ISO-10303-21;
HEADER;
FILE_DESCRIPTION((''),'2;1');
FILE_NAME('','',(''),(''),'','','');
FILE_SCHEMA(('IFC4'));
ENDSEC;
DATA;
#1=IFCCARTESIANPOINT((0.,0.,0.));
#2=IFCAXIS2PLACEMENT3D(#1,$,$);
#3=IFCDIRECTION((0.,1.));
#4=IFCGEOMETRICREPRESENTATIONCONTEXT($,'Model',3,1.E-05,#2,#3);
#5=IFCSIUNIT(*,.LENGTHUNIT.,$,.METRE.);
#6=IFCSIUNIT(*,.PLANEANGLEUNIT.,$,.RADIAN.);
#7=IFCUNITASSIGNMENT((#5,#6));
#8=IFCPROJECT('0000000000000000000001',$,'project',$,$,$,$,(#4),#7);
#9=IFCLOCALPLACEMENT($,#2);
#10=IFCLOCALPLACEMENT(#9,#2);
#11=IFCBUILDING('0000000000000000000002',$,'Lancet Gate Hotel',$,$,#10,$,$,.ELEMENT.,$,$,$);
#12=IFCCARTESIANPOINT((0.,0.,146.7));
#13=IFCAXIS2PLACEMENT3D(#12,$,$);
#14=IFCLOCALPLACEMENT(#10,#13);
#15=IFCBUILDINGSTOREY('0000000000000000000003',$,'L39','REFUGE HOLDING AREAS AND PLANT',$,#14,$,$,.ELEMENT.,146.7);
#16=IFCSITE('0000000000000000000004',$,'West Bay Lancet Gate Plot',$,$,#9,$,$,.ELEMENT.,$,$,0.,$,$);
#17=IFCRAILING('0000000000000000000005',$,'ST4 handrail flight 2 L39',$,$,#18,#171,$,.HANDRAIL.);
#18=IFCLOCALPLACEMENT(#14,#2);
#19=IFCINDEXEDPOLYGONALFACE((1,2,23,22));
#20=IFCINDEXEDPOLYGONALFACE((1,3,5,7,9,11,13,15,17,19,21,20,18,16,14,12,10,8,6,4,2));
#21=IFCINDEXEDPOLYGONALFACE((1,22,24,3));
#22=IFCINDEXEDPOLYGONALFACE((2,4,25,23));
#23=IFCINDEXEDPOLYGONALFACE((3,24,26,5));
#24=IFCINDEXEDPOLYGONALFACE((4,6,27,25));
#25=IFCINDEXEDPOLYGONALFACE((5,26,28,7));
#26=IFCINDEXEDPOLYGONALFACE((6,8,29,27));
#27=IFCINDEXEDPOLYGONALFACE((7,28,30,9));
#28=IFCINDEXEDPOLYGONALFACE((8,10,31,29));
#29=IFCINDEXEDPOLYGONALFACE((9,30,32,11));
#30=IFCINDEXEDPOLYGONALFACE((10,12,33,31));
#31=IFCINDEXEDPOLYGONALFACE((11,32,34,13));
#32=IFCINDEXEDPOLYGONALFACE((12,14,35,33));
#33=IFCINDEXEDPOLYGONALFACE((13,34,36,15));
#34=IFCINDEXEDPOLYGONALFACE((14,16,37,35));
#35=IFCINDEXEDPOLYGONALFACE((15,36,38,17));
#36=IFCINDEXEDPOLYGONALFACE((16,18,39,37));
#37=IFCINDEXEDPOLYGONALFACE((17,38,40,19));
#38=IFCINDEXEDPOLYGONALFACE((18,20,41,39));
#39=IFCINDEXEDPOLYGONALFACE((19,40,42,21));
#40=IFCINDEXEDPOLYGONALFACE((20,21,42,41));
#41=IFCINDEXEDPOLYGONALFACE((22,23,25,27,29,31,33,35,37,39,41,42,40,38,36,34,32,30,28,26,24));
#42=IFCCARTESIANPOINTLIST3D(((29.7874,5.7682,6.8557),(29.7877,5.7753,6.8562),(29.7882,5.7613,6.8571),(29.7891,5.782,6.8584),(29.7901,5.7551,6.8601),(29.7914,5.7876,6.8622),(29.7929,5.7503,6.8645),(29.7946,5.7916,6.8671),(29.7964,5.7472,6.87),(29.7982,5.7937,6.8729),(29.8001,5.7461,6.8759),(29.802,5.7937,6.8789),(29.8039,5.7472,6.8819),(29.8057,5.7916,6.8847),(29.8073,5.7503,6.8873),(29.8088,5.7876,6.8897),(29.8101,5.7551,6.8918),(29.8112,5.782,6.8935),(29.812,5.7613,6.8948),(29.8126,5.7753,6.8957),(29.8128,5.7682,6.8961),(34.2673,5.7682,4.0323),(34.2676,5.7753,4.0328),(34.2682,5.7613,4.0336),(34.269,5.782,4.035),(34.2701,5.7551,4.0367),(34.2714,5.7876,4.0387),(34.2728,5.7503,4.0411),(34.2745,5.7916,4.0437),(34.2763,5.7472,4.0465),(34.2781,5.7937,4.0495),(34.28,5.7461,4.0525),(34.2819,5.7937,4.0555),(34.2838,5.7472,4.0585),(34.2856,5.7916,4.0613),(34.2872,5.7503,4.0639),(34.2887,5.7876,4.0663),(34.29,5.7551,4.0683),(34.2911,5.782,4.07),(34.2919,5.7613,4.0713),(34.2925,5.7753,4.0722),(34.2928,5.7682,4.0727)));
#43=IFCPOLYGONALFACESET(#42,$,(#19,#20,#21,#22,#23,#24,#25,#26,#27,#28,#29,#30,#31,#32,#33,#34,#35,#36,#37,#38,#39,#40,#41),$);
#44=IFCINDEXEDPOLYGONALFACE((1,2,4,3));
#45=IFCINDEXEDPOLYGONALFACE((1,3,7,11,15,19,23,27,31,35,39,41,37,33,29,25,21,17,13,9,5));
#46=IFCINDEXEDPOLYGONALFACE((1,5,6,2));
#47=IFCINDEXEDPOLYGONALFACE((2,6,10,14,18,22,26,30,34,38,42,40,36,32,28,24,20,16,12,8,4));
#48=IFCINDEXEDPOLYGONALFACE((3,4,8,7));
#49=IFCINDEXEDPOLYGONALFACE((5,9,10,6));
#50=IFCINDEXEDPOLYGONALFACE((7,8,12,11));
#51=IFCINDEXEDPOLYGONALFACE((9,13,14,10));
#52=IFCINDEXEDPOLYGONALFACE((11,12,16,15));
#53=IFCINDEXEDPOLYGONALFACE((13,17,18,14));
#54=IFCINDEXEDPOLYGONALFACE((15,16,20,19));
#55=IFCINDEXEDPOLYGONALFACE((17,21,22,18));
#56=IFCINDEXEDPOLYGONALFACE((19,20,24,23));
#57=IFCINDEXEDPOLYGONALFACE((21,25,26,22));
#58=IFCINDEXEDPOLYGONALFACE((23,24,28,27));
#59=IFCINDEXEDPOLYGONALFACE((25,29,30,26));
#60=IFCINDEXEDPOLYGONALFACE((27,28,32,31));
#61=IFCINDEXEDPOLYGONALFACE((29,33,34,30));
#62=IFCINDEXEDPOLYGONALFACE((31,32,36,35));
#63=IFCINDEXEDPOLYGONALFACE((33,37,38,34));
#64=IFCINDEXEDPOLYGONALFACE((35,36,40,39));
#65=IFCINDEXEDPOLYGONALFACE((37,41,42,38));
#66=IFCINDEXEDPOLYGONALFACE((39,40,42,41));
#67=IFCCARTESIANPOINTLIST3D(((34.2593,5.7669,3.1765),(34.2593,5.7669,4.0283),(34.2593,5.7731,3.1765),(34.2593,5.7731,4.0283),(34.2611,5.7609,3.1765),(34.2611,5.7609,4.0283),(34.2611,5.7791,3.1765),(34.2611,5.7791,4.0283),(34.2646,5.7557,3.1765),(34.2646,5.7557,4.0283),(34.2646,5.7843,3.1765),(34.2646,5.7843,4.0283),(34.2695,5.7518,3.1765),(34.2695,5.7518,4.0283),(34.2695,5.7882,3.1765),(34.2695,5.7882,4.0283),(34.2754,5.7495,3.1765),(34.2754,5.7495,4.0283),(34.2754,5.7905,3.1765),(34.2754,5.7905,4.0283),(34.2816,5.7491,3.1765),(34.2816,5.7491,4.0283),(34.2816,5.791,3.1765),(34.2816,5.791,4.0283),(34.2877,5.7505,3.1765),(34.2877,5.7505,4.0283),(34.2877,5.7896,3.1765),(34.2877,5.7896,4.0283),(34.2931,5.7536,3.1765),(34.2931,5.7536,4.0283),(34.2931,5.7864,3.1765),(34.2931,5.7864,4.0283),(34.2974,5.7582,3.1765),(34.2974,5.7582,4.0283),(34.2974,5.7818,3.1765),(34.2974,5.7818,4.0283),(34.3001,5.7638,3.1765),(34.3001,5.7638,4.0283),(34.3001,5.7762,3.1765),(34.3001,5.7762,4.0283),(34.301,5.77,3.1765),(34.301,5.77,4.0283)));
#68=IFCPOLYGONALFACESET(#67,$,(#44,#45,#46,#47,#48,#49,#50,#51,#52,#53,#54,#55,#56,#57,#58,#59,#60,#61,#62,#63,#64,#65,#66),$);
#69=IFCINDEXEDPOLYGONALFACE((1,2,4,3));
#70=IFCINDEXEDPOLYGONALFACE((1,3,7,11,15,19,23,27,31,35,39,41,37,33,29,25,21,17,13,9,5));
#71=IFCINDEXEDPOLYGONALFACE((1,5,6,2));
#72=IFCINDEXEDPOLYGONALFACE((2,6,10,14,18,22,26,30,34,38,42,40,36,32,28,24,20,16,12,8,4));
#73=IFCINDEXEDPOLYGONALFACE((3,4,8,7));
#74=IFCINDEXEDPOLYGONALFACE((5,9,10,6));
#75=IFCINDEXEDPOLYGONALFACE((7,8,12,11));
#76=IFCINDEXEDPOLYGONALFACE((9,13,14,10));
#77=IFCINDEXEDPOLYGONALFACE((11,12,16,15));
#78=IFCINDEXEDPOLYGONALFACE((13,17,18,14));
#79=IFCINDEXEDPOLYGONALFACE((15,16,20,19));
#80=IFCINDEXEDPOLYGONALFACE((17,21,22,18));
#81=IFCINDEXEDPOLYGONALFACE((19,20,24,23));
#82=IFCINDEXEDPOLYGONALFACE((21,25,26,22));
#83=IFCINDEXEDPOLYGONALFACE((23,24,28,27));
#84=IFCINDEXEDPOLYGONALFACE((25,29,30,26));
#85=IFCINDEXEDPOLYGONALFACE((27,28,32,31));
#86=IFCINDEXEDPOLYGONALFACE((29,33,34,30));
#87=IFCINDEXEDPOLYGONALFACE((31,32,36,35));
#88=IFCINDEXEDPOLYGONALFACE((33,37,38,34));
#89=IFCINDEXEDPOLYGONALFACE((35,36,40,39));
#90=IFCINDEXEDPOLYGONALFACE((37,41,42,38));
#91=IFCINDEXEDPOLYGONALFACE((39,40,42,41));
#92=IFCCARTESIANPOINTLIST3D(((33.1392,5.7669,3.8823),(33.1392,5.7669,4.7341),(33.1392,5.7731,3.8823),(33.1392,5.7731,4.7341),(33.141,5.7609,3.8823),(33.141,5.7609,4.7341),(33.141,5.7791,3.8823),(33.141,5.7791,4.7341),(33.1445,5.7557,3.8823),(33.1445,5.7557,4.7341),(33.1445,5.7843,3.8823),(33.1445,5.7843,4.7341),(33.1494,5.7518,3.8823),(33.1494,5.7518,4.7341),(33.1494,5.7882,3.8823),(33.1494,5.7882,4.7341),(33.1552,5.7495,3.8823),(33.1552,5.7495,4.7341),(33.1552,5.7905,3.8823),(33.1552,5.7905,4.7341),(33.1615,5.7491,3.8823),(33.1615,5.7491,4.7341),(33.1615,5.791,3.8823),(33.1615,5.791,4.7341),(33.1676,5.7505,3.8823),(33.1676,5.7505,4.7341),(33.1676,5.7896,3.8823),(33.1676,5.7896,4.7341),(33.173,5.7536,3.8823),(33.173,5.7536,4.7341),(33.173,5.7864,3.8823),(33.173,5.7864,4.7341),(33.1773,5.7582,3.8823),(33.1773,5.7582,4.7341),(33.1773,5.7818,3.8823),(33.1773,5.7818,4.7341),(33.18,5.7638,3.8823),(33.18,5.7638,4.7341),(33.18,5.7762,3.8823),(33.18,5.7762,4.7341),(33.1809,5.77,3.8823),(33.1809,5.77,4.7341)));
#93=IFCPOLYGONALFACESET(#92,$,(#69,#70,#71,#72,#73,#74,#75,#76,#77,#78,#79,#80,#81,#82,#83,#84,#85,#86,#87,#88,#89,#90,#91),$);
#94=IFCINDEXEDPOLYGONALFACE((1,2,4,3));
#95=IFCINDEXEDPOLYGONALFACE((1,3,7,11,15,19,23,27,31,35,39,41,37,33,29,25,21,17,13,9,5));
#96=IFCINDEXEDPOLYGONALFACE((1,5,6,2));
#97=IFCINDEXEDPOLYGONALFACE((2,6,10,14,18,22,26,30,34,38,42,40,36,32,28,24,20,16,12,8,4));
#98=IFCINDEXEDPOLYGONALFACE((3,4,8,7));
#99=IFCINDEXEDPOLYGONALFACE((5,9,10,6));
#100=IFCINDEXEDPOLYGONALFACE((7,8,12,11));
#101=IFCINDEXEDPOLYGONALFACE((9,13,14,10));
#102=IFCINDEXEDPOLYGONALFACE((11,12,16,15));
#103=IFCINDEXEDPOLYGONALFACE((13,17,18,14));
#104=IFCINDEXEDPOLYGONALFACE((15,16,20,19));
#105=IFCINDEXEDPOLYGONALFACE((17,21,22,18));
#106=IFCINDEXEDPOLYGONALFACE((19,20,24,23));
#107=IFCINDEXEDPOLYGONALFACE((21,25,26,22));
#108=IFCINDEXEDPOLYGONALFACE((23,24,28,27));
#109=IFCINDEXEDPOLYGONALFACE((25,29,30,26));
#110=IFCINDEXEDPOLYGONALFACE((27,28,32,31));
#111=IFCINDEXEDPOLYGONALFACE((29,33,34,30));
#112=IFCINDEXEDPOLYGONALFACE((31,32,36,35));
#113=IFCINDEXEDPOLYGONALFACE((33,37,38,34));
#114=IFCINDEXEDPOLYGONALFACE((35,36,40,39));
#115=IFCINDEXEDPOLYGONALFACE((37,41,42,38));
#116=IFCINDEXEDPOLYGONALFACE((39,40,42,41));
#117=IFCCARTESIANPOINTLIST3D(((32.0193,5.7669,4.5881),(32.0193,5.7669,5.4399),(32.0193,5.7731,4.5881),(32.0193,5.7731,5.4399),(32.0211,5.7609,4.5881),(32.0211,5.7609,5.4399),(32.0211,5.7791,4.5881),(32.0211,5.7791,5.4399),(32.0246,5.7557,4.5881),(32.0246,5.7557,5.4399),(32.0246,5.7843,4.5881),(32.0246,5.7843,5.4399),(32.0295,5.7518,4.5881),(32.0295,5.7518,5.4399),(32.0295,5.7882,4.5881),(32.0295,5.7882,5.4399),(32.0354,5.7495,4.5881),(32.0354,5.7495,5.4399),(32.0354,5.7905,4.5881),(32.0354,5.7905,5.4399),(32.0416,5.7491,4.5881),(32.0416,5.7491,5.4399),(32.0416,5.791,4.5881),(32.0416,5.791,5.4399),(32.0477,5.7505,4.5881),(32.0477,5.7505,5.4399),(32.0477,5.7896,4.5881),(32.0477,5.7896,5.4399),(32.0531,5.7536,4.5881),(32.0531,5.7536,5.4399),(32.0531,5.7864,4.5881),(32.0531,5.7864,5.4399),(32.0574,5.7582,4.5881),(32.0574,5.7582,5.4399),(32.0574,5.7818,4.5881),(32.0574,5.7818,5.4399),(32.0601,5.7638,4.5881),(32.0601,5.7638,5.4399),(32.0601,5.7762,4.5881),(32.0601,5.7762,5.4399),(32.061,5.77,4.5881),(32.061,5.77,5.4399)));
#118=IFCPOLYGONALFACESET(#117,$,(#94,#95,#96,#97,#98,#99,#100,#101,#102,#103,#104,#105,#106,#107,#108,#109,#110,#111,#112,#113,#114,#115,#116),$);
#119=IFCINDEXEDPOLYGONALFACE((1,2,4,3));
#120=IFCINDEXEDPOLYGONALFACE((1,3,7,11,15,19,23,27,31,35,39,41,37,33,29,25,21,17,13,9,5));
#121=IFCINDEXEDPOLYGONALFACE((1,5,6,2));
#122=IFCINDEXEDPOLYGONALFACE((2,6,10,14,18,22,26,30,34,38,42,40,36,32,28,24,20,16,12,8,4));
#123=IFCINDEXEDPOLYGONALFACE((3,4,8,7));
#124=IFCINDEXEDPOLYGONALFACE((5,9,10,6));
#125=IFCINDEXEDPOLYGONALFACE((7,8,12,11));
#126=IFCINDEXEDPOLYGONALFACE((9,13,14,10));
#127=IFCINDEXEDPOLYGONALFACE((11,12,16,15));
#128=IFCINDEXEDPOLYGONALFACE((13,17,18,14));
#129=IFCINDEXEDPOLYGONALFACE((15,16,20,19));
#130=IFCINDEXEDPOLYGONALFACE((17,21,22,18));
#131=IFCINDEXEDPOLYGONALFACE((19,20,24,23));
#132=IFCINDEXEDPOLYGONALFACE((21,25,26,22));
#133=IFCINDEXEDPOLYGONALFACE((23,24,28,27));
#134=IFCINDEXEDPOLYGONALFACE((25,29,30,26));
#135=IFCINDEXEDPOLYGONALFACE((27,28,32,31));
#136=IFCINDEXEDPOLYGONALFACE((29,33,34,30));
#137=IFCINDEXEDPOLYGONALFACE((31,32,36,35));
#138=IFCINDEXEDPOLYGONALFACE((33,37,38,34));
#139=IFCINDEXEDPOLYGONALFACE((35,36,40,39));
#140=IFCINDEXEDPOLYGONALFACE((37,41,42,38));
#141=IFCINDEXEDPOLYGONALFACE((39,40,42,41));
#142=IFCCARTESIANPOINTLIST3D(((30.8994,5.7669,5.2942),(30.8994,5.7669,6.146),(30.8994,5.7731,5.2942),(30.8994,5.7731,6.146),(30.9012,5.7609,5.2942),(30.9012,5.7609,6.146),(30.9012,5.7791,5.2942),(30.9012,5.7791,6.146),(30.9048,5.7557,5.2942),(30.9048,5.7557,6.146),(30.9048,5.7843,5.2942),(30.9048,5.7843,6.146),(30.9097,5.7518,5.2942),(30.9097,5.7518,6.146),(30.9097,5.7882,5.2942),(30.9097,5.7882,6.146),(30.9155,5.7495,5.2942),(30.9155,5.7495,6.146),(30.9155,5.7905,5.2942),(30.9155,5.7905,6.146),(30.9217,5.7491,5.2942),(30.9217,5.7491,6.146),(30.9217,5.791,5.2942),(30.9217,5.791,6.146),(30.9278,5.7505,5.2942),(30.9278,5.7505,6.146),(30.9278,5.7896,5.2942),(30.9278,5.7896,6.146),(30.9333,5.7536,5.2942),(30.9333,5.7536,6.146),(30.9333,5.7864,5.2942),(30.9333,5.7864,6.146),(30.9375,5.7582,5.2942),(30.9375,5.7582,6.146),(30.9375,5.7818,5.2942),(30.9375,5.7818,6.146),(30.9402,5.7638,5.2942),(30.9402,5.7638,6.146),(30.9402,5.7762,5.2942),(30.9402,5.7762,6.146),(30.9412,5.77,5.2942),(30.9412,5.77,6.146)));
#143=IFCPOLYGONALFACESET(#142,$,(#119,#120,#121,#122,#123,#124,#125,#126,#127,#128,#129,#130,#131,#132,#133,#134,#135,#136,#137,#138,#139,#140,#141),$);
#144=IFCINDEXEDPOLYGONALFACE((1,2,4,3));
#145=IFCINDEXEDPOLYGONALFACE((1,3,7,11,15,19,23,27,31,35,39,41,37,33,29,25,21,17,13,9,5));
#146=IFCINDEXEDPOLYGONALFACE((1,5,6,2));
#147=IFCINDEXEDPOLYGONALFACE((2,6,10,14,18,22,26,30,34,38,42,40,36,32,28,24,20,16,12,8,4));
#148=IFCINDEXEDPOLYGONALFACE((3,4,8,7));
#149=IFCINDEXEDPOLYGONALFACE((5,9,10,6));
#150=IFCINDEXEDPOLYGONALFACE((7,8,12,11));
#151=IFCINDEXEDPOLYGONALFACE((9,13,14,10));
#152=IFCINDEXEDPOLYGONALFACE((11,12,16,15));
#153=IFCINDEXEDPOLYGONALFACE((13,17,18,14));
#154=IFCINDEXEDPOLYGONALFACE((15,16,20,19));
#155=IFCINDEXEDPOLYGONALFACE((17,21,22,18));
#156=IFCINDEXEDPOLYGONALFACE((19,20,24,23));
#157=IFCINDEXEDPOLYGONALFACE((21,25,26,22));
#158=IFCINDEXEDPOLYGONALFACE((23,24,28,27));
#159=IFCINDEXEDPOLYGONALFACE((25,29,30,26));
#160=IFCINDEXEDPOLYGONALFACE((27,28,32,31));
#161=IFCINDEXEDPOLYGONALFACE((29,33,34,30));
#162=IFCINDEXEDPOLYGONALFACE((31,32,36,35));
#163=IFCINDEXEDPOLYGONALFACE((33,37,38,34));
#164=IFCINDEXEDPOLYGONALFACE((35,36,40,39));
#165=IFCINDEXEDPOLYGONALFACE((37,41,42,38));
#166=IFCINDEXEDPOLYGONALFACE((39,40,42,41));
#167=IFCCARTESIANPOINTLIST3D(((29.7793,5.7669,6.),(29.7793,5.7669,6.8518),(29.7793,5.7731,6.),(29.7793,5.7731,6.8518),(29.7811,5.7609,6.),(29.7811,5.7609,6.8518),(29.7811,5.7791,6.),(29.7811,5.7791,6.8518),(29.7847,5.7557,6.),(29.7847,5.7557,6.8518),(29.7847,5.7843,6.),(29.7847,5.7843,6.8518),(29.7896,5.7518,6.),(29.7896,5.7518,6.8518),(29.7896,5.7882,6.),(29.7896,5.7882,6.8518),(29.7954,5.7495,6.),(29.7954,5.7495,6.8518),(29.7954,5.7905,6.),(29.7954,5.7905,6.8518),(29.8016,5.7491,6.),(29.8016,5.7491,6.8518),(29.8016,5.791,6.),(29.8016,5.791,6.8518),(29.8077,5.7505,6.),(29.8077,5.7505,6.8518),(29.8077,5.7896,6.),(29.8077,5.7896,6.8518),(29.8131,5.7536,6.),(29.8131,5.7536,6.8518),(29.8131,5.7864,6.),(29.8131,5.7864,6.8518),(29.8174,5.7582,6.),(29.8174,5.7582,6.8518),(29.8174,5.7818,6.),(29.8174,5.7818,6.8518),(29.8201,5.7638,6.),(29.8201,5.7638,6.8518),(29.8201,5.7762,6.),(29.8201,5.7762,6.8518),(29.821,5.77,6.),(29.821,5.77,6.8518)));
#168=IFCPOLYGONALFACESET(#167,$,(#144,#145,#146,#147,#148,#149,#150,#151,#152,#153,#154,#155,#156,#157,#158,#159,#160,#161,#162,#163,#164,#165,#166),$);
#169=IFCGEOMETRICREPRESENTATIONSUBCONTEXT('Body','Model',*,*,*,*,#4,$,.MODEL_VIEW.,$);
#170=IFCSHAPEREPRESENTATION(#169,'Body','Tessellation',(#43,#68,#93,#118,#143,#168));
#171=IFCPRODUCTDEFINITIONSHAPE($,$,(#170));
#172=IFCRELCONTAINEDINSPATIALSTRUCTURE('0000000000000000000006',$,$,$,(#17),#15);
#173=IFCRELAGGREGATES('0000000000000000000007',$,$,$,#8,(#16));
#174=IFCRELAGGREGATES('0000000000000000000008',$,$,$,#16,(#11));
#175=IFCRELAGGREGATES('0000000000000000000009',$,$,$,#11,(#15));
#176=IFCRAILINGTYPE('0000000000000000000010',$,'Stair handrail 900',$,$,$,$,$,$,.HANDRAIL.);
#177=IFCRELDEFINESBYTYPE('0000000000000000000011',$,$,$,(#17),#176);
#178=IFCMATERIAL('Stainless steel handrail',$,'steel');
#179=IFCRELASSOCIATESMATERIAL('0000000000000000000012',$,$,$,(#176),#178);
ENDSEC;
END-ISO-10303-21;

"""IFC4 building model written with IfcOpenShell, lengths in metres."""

from ifc_helpers import new_model, si_unit, direction, frame, origin, origin_2d, place, context, subcontext, project, spatial, circle, extrude, material, type_object, element, save


model = new_model("IFC4")

# Units and contexts
model_context = context("Model", 3, precision=1e-05, world=origin(), true_north=direction((0.0, 1.0)))
body_context = subcontext(model_context, "Body", "Model", "MODEL_VIEW")
ifc_project = project(units=[si_unit("LENGTHUNIT", "METRE"), si_unit("PLANEANGLEUNIT", "RADIAN")], contexts=[model_context])

# Site, building, storey
site_placement = place(None, origin())
site = spatial("IfcSite", under=ifc_project, at=site_placement, Name="West Bay Lancet Gate Plot", CompositionType="ELEMENT", RefElevation=0.0)
building_placement = place(site_placement, origin())
building = spatial("IfcBuilding", under=site, at=building_placement, Name="Lancet Gate Hotel", CompositionType="ELEMENT")
storey_placement = place(building_placement, frame((0.0, 0.0, 146.7)))
storey = spatial("IfcBuildingStorey", under=building, at=storey_placement, Name="L39", Description="REFUGE HOLDING AREAS AND PLANT", CompositionType="ELEMENT", Elevation=146.7)

# Railing
ifc_material_1 = material(Name="Stainless steel handrail", Category="steel")
railing_type = type_object("IfcRailingType", Name="Stair handrail 900", PredefinedType="HANDRAIL", material=ifc_material_1)
railing_1_placement = place(storey_placement, frame((34.28, 5.77, 3.1765)))
element("IfcRailing", 1, at=railing_1_placement, inside=storey, type_object=railing_type, Name="ST4 handrail flight 2 L39", PredefinedType="HANDRAIL", context=body_context, shape_type="SweptSolid", body=[
    extrude(circle(Radius=0.0239, at=origin_2d()), frame((0.0, 0.0, 0.876), z_axis=(-0.845998, 0.0, 0.533186), x_axis=(0.0, -1.0, 0.0)), (0.0, 0.0, 1.0), 5.2954),
    extrude(circle(Radius=0.021, at=origin_2d()), origin(), (0.0, 0.0, 1.0), 0.8518),
    extrude(circle(Radius=0.021, at=origin_2d()), frame((-1.1201, 0.0, 0.7058)), (0.0, 0.0, 1.0), 0.8518),
    extrude(circle(Radius=0.021, at=origin_2d()), frame((-2.24, 0.0, 1.4116)), (0.0, 0.0, 1.0), 0.8518),
    extrude(circle(Radius=0.021, at=origin_2d()), frame((-3.3599, 0.0, 2.1177)), (0.0, 0.0, 1.0), 0.8518),
    extrude(circle(Radius=0.021, at=origin_2d()), frame((-4.48, 0.0, 2.8235)), (0.0, 0.0, 1.0), 0.8518),
])

save(model, "model.ifc")
